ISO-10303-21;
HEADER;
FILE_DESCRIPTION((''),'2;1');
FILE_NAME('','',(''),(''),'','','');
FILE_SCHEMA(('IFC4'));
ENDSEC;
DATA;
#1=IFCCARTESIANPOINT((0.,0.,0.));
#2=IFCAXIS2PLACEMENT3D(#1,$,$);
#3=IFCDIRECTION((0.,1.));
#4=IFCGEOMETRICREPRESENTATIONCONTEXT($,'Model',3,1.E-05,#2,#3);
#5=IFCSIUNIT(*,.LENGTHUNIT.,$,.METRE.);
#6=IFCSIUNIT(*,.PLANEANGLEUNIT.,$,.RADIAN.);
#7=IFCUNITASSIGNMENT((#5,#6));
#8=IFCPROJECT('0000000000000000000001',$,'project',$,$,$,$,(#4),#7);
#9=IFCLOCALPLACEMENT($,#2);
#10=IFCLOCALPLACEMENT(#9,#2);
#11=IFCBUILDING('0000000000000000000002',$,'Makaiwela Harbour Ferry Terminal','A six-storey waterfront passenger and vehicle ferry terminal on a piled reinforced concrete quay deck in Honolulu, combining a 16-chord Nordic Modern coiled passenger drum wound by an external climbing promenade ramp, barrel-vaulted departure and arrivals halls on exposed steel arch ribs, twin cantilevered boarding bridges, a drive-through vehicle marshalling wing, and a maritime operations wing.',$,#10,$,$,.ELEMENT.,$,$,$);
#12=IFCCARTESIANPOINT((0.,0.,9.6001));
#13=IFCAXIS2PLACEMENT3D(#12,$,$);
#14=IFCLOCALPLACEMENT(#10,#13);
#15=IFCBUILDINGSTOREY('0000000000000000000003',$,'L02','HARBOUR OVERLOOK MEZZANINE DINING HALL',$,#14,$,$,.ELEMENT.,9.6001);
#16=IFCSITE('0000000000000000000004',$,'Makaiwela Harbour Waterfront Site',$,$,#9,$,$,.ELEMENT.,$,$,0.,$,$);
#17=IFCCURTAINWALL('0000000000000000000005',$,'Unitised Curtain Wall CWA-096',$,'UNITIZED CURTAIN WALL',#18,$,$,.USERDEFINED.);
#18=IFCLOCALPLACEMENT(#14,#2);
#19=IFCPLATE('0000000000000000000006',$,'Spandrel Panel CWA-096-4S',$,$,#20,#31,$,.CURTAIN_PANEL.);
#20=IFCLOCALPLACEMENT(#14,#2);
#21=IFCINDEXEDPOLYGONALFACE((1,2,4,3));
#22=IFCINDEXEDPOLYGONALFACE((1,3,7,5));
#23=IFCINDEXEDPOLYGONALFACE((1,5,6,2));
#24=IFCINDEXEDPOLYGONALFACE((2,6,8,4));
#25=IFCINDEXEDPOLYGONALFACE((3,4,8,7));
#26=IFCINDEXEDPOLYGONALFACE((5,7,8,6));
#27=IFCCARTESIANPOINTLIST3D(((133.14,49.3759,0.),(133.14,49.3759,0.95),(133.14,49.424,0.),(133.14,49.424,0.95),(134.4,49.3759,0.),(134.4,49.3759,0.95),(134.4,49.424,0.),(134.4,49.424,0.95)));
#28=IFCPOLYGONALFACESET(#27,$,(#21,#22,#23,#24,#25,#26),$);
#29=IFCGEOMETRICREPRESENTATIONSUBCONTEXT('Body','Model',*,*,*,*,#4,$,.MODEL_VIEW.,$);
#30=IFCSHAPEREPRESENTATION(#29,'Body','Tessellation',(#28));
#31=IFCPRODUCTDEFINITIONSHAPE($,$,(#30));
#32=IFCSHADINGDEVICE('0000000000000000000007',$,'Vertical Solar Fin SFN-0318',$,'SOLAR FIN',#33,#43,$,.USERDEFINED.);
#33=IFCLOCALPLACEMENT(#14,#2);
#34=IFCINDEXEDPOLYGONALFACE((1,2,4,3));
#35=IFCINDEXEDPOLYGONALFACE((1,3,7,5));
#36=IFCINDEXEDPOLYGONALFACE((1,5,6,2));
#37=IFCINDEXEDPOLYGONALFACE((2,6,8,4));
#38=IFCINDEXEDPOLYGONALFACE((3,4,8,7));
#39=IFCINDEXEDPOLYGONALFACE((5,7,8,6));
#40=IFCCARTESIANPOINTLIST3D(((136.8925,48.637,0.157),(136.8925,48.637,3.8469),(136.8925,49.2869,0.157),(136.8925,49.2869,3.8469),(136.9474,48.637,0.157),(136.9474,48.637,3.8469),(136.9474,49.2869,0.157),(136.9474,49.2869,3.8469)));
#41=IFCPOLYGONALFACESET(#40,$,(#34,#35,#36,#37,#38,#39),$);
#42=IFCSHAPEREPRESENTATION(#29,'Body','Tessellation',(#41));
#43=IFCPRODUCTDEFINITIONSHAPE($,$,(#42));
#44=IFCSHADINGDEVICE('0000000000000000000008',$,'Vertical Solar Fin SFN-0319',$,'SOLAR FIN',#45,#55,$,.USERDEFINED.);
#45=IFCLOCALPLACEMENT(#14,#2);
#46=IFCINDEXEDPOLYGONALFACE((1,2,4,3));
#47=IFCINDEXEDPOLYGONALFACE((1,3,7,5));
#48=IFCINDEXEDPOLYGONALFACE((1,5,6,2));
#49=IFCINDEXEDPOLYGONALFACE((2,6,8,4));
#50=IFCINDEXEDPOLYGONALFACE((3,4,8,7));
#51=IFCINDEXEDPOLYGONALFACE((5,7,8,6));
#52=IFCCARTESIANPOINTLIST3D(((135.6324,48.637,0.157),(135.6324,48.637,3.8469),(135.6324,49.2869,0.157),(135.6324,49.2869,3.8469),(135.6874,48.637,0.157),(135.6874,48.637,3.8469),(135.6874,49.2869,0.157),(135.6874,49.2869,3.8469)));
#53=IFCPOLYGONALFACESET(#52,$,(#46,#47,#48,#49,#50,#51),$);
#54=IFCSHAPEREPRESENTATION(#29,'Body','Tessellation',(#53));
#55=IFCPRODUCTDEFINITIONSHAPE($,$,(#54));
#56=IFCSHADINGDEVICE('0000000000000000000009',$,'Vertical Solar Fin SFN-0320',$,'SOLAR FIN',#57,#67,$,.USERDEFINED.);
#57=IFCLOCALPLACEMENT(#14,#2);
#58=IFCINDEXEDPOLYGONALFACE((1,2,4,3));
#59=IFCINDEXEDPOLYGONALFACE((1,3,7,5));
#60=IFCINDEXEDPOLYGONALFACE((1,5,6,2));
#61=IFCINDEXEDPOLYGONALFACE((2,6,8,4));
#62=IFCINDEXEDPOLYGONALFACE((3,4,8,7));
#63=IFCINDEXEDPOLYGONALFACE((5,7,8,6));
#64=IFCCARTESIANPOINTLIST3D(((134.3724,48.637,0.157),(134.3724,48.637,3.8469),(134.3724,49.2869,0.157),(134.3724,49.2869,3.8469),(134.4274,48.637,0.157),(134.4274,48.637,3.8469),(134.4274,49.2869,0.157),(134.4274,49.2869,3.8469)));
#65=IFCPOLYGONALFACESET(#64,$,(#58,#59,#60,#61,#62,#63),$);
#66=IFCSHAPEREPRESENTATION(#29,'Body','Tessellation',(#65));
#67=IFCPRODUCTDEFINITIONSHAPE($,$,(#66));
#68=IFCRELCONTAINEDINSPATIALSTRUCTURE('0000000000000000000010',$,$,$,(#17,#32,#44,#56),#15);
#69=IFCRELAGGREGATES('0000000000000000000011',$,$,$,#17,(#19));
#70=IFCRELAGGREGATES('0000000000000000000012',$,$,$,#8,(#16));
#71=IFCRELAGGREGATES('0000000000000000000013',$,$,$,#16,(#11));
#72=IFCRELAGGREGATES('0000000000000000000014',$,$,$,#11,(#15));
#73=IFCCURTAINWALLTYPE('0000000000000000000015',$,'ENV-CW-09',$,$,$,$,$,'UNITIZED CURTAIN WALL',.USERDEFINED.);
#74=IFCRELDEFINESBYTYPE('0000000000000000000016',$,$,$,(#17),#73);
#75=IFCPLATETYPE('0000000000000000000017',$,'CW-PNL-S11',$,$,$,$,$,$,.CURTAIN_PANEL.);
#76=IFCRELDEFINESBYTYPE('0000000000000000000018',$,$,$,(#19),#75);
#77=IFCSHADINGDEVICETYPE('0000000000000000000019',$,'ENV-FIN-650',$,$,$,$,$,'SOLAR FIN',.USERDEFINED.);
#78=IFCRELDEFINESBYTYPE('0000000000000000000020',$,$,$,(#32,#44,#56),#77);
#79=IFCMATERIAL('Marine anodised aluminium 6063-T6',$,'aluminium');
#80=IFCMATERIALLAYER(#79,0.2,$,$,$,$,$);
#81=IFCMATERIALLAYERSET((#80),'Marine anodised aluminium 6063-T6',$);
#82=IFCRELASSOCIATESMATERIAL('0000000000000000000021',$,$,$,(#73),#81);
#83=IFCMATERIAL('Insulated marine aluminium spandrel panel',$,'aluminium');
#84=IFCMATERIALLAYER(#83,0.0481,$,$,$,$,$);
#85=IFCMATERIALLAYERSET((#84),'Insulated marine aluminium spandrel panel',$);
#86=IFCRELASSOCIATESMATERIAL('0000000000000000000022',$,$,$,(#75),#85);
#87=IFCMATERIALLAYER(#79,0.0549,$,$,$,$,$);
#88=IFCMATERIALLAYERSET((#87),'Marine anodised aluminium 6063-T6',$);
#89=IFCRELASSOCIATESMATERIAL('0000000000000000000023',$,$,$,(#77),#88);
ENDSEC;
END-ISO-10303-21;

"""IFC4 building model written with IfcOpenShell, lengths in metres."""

from ifc_helpers import new_model, si_unit, direction, frame, origin, origin_2d, place, context, subcontext, project, spatial, rectangle, extrude, material, layer, layer_set, type_object, element, aggregate, save


model = new_model("IFC4")

# Units and contexts
model_context = context("Model", 3, precision=1e-05, world=origin(), true_north=direction((0.0, 1.0)))
body_context = subcontext(model_context, "Body", "Model", "MODEL_VIEW")
ifc_project = project(units=[si_unit("LENGTHUNIT", "METRE"), si_unit("PLANEANGLEUNIT", "RADIAN")], contexts=[model_context])

# Site, building, storey
site_placement = place(None, origin())
site = spatial("IfcSite", under=ifc_project, at=site_placement, Name="Makaiwela Harbour Waterfront Site", CompositionType="ELEMENT", RefElevation=0.0)
building_placement = place(site_placement, origin())
building = spatial("IfcBuilding", under=site, at=building_placement, Name="Makaiwela Harbour Ferry Terminal", Description="A six-storey waterfront passenger and vehicle ferry terminal on a piled reinforced concrete quay deck in Honolulu, combining a 16-chord Nordic Modern coiled passenger drum wound by an external climbing promenade ramp, barrel-vaulted departure and arrivals halls on exposed steel arch ribs, twin cantilevered boarding bridges, a drive-through vehicle marshalling wing, and a maritime operations wing.", CompositionType="ELEMENT")
storey_placement = place(building_placement, frame((0.0, 0.0, 9.6001)))
storey = spatial("IfcBuildingStorey", under=building, at=storey_placement, Name="L02", Description="HARBOUR OVERLOOK MEZZANINE DINING HALL", CompositionType="ELEMENT", Elevation=9.6001)

# Curtain wall
ifc_material_1 = material(Name="Marine anodised aluminium 6063-T6", Category="aluminium")
ifc_layer_1 = layer(ifc_material_1, 0.2)
ifc_layer_set_1 = layer_set([ifc_layer_1], Name="Marine anodised aluminium 6063-T6")
curtain_wall_type = type_object("IfcCurtainWallType", Name="ENV-CW-09", ElementType="UNITIZED CURTAIN WALL", PredefinedType="USERDEFINED", material=ifc_layer_set_1)
curtain_wall_placement = place(storey_placement, origin())
curtain_wall = element("IfcCurtainWall", 1, at=curtain_wall_placement, inside=storey, type_object=curtain_wall_type, Name="Unitised Curtain Wall CWA-096", ObjectType="UNITIZED CURTAIN WALL", PredefinedType="USERDEFINED")

# Plate
ifc_material_2 = material(Name="Insulated marine aluminium spandrel panel", Category="aluminium")
ifc_layer_2 = layer(ifc_material_2, 0.0481)
ifc_layer_set_2 = layer_set([ifc_layer_2], Name="Insulated marine aluminium spandrel panel")
plate_type_1 = type_object("IfcPlateType", Name="CW-PNL-S11", PredefinedType="CURTAIN_PANEL", material=ifc_layer_set_2)
plate_1_placement = place(storey_placement, frame((133.77, 49.3999, 0.0), z_axis=(0.0, 0.0, 1.0), x_axis=(-1.0, 0.0, 0.0)))
plate_1 = element("IfcPlate", 2, at=plate_1_placement, type_object=plate_type_1, Name="Spandrel Panel CWA-096-4S", PredefinedType="CURTAIN_PANEL", context=body_context, shape_type="SweptSolid", body=[
    extrude(rectangle(XDim=1.26, YDim=0.0481, at=origin_2d()), origin(), (0.0, 0.0, 1.0), 0.95),
])
aggregate(curtain_wall, [plate_1])

# Shading devices
ifc_layer_3 = layer(ifc_material_1, 0.0549)
ifc_layer_set_3 = layer_set([ifc_layer_3], Name="Marine anodised aluminium 6063-T6")
shading_device_type = type_object("IfcShadingDeviceType", Name="ENV-FIN-650", ElementType="SOLAR FIN", PredefinedType="USERDEFINED", material=ifc_layer_set_3)
for number, where, z_axis, x_axis, name in (
    (3, (136.9199, 48.9619, 0.157), (0.0, 0.0, 1.0), (0.0, -1.0, 0.0), "Vertical Solar Fin SFN-0318"),
    (4, (135.6599, 48.9619, 0.157), (0.0, 0.0, 1.0), (0.0, -1.0, 0.0), "Vertical Solar Fin SFN-0319"),
    (5, (134.3999, 48.9619, 0.157), (0.0, 0.0, 1.0), (0.0, -1.0, 0.0), "Vertical Solar Fin SFN-0320"),
):
    element("IfcShadingDevice", number, at=place(storey_placement, frame(where, z_axis=z_axis, x_axis=x_axis)), inside=storey, type_object=shading_device_type, Name=name, ObjectType="SOLAR FIN", PredefinedType="USERDEFINED", context=body_context, shape_type="SweptSolid", body=[
        extrude(rectangle(XDim=0.6499, YDim=0.0549, at=origin_2d()), origin(), (0.0, 0.0, 1.0), 3.6899),
    ])

save(model, "model.ifc")
